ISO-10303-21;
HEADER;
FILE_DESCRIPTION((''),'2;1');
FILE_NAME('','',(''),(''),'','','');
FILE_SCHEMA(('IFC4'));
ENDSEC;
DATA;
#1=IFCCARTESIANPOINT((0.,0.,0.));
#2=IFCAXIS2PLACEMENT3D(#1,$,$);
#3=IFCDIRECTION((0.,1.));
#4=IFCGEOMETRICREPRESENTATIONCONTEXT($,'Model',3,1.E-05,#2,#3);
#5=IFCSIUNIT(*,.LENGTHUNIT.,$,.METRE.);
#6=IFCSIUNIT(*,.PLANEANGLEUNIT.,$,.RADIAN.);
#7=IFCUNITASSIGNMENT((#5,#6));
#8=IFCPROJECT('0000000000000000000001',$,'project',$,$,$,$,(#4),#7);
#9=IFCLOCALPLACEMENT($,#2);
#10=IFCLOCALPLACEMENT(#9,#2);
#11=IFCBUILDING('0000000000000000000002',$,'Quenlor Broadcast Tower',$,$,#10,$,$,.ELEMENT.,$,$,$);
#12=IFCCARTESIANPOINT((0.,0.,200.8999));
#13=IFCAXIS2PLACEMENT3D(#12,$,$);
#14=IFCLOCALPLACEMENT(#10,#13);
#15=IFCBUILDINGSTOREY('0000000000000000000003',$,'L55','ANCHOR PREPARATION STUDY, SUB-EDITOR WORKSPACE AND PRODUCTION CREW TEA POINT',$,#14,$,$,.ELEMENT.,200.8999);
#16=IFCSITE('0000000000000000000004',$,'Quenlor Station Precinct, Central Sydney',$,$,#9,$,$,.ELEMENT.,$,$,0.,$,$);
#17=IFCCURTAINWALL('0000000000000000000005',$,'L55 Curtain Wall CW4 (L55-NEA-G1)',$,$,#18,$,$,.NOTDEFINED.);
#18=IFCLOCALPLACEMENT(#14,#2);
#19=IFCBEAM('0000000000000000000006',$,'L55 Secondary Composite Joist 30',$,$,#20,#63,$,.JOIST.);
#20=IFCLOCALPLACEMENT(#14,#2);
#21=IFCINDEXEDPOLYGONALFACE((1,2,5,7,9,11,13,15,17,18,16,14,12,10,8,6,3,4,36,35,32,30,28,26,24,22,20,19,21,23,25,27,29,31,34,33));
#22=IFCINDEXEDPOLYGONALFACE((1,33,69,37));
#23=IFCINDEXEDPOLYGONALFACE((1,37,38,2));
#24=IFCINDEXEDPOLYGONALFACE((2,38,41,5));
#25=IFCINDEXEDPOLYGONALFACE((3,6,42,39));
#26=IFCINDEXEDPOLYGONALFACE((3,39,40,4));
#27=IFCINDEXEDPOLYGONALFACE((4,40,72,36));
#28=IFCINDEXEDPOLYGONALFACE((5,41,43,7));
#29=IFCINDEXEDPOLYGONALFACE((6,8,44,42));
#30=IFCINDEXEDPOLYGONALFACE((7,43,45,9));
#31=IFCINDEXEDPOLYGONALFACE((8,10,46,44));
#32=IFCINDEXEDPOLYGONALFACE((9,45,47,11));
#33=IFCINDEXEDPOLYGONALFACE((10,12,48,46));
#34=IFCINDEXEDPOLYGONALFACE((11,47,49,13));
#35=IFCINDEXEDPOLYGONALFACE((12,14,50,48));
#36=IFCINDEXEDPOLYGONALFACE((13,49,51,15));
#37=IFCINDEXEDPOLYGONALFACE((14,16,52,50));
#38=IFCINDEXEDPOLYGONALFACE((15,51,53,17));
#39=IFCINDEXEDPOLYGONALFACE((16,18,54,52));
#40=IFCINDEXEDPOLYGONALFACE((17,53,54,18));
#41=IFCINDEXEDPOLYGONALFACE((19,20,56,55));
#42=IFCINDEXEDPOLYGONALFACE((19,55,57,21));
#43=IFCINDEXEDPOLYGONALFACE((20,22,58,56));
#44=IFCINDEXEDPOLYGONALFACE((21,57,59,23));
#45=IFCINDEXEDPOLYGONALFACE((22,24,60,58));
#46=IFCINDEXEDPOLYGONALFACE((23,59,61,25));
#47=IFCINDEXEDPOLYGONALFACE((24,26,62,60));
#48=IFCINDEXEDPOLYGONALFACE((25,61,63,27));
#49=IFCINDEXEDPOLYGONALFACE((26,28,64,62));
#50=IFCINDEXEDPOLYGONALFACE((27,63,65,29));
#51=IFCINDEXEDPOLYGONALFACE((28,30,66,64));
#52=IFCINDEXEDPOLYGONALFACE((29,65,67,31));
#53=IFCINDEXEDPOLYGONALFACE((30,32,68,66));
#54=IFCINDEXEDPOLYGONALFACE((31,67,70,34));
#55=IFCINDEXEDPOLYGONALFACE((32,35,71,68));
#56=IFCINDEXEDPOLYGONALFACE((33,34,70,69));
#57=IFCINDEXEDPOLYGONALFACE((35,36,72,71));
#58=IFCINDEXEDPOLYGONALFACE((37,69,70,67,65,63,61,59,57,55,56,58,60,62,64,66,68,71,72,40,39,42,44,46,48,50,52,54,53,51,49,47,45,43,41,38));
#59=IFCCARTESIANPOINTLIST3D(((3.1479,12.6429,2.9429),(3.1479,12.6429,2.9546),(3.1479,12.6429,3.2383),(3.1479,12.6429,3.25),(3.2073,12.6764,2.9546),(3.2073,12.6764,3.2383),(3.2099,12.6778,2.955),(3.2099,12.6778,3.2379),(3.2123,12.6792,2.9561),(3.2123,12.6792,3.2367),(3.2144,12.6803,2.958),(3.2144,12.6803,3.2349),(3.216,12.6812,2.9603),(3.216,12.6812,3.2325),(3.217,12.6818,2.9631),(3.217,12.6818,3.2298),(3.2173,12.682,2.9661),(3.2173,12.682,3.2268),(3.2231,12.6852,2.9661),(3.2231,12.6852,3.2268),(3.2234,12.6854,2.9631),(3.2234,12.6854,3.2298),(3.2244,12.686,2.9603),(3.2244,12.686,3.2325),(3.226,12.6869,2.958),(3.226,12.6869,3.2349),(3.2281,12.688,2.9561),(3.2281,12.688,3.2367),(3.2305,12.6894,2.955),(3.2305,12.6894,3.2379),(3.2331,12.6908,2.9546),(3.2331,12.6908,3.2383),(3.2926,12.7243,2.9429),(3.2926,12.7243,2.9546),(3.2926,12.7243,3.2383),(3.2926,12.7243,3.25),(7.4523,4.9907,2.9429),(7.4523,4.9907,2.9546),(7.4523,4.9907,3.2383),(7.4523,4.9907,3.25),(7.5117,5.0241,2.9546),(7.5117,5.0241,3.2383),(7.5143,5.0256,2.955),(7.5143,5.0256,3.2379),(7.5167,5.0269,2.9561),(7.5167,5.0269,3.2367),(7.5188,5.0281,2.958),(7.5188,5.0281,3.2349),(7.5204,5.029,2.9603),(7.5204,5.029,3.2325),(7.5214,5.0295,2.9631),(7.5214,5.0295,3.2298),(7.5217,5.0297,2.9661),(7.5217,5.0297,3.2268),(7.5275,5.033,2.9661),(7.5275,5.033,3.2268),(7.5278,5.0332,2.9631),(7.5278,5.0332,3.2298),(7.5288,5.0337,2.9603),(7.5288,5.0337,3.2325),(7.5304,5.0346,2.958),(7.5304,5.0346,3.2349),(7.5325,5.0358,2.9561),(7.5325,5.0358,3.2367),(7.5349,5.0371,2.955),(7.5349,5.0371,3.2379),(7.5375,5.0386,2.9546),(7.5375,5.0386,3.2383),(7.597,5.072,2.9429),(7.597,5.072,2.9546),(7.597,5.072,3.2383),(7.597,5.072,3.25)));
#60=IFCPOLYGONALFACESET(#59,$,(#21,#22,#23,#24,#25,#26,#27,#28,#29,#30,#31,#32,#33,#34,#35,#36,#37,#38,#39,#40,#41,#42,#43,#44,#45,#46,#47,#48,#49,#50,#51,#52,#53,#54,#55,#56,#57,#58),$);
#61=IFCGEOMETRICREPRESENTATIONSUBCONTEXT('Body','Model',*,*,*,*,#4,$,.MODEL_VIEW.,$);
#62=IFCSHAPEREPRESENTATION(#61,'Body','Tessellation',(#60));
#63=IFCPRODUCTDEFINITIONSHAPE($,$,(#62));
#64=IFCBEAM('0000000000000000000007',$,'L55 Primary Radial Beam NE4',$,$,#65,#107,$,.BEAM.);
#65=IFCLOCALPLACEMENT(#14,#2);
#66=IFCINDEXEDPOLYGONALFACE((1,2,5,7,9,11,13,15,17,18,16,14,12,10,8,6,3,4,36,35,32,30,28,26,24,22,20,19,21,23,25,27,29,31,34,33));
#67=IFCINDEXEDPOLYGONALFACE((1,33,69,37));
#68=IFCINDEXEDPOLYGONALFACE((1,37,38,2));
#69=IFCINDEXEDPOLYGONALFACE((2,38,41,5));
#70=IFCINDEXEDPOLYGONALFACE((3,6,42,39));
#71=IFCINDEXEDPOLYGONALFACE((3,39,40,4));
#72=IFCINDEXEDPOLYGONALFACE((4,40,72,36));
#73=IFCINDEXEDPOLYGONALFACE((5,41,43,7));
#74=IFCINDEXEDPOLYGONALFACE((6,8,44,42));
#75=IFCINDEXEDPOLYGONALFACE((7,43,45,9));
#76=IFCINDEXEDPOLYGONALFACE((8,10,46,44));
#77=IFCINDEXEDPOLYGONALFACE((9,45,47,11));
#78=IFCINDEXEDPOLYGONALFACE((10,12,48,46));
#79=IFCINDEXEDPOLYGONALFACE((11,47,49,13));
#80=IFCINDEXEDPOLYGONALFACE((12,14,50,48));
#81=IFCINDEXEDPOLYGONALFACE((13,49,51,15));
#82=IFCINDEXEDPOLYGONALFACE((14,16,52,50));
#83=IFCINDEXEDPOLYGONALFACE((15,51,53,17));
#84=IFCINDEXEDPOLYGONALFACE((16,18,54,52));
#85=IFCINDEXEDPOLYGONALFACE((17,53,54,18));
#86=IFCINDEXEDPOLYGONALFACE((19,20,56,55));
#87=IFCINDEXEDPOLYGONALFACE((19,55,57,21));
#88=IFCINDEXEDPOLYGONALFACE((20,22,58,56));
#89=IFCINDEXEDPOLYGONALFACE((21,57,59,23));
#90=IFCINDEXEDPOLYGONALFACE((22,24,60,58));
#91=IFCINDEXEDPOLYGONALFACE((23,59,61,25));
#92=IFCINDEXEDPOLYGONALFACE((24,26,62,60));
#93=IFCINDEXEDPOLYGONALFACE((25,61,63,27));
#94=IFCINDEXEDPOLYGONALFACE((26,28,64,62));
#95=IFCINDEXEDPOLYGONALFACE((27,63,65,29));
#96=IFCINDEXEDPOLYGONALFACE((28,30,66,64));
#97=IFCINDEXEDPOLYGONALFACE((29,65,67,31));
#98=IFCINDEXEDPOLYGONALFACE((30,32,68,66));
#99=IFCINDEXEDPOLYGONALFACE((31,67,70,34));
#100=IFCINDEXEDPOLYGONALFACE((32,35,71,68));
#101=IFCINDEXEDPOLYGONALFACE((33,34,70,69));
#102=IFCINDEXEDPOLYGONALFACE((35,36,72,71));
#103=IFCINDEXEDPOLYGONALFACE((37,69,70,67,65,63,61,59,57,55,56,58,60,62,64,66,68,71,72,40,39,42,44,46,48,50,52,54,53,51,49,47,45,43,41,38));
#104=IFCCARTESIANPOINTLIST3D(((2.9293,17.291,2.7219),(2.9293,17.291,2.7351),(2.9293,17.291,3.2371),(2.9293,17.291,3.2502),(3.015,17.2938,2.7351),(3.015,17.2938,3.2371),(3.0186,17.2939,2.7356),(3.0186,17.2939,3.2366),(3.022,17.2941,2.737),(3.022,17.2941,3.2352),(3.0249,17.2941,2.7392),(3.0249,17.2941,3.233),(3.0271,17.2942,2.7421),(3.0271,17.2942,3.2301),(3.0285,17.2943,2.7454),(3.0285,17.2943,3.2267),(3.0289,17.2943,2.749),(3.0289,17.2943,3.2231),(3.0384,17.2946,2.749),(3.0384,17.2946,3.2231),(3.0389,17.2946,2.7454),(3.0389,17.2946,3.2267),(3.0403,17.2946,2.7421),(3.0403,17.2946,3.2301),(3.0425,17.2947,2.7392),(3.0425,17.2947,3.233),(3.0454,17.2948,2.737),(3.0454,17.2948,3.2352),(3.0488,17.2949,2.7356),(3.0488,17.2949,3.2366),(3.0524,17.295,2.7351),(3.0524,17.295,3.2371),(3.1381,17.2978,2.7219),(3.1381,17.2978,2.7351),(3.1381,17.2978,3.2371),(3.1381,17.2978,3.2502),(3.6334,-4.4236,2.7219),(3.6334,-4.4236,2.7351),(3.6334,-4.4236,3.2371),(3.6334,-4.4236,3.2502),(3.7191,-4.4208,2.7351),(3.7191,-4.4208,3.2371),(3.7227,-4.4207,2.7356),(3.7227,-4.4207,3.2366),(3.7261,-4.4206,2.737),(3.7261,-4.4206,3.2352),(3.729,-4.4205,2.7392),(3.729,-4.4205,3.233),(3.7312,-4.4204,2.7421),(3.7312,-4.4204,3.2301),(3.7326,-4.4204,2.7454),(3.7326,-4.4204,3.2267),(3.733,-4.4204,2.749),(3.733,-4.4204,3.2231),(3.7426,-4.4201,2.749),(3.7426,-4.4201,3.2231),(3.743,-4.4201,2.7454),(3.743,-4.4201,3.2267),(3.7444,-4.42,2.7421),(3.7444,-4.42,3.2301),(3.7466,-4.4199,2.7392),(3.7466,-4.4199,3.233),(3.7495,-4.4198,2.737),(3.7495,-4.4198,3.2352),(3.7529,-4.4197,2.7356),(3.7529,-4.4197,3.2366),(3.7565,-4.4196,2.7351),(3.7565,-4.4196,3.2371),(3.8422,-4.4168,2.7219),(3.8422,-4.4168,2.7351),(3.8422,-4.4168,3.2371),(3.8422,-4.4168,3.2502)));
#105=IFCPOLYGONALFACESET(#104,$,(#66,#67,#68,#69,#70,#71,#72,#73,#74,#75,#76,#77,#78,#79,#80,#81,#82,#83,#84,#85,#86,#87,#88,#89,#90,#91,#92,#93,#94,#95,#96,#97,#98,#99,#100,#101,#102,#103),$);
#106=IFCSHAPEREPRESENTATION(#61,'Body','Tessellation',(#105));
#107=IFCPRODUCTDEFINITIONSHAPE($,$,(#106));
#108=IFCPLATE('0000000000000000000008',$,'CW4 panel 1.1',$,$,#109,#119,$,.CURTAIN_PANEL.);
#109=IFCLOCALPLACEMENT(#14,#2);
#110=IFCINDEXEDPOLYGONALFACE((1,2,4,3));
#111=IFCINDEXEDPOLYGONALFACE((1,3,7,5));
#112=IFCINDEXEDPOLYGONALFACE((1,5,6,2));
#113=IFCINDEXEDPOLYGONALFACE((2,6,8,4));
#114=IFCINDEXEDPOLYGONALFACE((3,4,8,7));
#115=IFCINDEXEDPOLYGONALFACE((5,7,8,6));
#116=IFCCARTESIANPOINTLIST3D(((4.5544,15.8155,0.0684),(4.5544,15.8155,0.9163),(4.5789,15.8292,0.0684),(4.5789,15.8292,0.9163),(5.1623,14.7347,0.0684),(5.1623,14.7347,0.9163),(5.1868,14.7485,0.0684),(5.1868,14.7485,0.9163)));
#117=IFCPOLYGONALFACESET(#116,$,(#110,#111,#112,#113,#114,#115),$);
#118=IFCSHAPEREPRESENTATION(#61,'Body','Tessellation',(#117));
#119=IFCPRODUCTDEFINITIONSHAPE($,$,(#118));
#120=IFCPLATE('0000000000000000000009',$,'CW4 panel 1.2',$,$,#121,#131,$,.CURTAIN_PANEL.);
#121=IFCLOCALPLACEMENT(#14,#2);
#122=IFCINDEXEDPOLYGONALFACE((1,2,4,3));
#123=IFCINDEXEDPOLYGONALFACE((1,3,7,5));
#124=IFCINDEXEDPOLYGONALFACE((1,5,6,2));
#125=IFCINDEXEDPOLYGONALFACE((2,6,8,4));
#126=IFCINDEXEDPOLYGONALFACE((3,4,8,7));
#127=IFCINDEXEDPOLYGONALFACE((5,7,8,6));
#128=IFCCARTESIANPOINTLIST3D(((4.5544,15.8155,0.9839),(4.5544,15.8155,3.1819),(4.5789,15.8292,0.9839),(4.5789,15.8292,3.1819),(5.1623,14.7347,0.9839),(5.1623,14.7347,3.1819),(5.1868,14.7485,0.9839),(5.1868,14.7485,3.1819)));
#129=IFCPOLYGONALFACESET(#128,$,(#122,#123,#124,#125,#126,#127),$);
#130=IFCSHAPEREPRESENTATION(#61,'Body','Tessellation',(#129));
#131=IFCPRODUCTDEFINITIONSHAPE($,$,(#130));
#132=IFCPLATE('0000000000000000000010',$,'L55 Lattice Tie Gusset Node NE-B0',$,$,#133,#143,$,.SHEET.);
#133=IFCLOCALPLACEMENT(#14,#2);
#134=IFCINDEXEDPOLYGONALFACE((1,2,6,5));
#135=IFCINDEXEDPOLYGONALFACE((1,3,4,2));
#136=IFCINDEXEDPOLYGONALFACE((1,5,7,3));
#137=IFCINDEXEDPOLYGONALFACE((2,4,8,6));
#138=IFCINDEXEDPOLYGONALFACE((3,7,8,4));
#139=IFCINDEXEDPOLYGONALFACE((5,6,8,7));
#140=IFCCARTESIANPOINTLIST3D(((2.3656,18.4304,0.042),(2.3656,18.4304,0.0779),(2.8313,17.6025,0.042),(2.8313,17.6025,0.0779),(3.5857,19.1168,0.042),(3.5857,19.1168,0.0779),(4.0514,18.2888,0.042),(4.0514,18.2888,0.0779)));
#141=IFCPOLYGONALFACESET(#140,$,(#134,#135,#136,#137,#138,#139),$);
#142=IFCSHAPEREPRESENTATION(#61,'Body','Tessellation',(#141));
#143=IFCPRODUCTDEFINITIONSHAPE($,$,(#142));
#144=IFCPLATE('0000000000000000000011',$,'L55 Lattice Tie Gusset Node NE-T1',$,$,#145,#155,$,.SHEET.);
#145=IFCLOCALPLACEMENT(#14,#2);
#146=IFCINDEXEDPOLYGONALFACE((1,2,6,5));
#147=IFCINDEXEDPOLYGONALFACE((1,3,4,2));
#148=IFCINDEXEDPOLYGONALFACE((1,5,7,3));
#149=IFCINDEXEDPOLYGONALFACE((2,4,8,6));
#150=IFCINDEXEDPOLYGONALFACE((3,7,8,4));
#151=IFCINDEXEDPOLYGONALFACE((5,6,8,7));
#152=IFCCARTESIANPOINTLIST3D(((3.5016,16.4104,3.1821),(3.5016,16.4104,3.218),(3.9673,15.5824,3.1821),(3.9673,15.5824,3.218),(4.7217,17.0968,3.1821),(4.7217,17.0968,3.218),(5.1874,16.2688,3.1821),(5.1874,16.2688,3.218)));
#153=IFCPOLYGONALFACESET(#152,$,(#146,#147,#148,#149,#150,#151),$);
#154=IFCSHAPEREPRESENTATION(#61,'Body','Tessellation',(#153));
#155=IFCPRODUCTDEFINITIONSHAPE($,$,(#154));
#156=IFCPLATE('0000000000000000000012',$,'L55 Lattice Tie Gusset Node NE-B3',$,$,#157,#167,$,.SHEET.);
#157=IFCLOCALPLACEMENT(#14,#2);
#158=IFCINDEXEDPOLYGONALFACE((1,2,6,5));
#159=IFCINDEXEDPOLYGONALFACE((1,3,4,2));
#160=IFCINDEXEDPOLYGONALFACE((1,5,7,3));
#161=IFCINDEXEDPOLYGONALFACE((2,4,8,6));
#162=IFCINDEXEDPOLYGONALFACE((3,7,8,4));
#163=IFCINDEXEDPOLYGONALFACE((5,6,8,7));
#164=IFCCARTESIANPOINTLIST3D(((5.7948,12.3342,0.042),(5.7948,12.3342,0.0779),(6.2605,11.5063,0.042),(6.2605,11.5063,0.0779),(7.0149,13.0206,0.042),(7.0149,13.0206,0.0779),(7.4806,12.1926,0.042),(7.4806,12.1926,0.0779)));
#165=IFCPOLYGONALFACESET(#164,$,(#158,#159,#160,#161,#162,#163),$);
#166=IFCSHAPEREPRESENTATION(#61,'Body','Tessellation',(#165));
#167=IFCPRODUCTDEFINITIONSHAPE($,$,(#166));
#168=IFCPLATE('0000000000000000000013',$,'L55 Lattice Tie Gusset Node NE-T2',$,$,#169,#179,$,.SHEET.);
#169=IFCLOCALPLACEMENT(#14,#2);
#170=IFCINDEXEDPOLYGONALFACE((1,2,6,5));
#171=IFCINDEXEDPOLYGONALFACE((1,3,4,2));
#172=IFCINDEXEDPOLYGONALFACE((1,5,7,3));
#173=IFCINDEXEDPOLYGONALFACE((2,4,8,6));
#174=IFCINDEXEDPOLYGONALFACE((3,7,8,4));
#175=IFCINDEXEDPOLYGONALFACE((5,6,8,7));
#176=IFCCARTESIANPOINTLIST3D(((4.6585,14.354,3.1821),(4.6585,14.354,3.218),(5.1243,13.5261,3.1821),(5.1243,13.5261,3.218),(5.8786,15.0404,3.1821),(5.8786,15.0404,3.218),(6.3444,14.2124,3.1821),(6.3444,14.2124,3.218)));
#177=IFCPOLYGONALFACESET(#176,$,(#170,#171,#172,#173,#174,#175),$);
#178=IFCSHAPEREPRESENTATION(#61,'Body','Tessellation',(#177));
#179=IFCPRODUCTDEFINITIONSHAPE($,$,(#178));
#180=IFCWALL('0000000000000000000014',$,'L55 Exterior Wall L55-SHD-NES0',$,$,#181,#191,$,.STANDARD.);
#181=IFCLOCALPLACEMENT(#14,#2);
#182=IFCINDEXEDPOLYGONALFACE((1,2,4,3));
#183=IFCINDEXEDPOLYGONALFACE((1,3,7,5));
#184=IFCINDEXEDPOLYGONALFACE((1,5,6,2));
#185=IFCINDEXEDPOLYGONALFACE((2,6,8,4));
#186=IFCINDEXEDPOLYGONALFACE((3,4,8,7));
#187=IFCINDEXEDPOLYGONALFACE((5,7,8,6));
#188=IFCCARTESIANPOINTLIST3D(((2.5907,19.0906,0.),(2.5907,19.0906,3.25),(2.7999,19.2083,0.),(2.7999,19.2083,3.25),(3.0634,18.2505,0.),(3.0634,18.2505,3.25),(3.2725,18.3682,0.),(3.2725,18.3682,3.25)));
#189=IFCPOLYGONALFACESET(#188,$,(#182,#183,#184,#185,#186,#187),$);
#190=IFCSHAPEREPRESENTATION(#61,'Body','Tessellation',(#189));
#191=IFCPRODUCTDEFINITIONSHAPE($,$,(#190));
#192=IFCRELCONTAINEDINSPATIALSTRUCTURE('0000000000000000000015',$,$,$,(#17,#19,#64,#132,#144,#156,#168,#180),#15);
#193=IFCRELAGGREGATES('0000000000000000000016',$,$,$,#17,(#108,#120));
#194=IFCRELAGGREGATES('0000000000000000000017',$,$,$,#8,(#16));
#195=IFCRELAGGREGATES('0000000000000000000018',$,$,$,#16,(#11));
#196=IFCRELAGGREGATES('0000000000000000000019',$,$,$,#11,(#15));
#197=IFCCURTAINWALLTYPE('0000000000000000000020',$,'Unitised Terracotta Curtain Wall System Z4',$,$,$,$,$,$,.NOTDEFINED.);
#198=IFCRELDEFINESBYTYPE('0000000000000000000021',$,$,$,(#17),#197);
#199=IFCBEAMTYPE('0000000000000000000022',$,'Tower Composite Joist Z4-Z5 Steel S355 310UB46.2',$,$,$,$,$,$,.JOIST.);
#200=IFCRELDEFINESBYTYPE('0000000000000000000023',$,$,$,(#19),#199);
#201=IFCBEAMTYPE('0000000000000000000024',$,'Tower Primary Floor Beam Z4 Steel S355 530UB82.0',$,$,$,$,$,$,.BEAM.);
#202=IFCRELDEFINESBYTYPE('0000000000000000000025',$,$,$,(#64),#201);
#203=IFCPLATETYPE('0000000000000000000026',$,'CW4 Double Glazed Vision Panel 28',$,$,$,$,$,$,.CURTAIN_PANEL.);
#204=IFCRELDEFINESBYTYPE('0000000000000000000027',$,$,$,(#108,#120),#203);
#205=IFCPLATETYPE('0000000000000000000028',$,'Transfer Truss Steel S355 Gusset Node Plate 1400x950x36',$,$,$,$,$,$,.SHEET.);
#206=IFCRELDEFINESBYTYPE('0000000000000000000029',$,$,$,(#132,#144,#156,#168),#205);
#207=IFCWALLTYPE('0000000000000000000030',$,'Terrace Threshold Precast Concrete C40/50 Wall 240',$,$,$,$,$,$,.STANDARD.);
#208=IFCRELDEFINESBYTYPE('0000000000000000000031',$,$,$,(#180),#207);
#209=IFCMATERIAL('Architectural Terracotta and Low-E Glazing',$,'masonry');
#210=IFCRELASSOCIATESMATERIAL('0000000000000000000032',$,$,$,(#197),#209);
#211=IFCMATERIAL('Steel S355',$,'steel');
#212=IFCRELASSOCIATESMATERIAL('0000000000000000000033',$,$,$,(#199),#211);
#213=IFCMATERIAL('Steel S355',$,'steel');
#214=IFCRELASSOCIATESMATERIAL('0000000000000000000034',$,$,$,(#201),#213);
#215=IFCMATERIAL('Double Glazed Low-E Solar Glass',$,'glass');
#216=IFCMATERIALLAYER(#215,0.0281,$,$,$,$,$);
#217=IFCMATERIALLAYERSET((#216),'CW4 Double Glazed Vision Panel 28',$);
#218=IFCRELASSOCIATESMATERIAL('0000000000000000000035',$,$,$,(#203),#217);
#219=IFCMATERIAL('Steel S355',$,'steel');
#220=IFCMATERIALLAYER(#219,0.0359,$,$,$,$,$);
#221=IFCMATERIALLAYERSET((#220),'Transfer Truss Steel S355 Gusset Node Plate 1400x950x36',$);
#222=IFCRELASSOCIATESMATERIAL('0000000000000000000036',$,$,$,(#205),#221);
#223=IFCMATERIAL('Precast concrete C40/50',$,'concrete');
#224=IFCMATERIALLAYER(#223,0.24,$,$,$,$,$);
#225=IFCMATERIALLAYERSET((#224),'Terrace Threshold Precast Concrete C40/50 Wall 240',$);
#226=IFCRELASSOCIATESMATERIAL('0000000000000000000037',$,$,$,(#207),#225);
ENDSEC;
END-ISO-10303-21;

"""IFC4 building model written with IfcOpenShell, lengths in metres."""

from ifc_helpers import new_model, si_unit, direction, frame, frame_2d, origin, origin_2d, place, context, subcontext, project, spatial, rectangle, i_section, extrude, material, layer, layer_set, material_profile, profile_set, type_object, element, aggregate, save


model = new_model("IFC4")

# Units and contexts
model_context = context("Model", 3, precision=1e-05, world=origin(), true_north=direction((0.0, 1.0)))
body_context = subcontext(model_context, "Body", "Model", "MODEL_VIEW")
ifc_project = project(units=[si_unit("LENGTHUNIT", "METRE"), si_unit("PLANEANGLEUNIT", "RADIAN")], contexts=[model_context])

# Site, building, storey
site_placement = place(None, origin())
site = spatial("IfcSite", under=ifc_project, at=site_placement, Name="Quenlor Station Precinct, Central Sydney", CompositionType="ELEMENT", RefElevation=0.0)
building_placement = place(site_placement, origin())
building = spatial("IfcBuilding", under=site, at=building_placement, Name="Quenlor Broadcast Tower", CompositionType="ELEMENT")
storey_placement = place(building_placement, frame((0.0, 0.0, 200.8999)))
storey = spatial("IfcBuildingStorey", under=building, at=storey_placement, Name="L55", Description="ANCHOR PREPARATION STUDY, SUB-EDITOR WORKSPACE AND PRODUCTION CREW TEA POINT", CompositionType="ELEMENT", Elevation=200.8999)

# Curtain wall
ifc_material_1 = material(Name="Architectural Terracotta and Low-E Glazing", Category="masonry")
curtain_wall_type = type_object("IfcCurtainWallType", Name="Unitised Terracotta Curtain Wall System Z4", PredefinedType="NOTDEFINED", material=ifc_material_1)
curtain_wall_placement = place(storey_placement, origin())
curtain_wall = element("IfcCurtainWall", 1, at=curtain_wall_placement, inside=storey, type_object=curtain_wall_type, Name="L55 Curtain Wall CW4 (L55-NEA-G1)", PredefinedType="NOTDEFINED")

# Beams
ifc_material_2 = material(Name="Steel S355", Category="steel")
ifc_material_profile_1 = material_profile(ifc_material_2, i_section(OverallWidth=0.166, OverallDepth=0.3071, WebThickness=0.0066, FlangeThickness=0.0117, FilletRadius=0.0115, at=origin_2d()))
ifc_profile_set_1 = profile_set([ifc_material_profile_1], Name="Steel S355 310UB46.2")
beam_type_1 = type_object("IfcBeamType", Name="Tower Composite Joist Z4-Z5 Steel S355 310UB46.2", PredefinedType="JOIST", material=ifc_profile_set_1)
beam_1_placement = place(storey_placement, frame((3.2202, 12.6836, 3.0964), z_axis=(0.490261, -0.871576, 0.0), x_axis=(0.871576, 0.490261, 0.0)))
element("IfcBeam", 2, at=beam_1_placement, inside=storey, type_object=beam_type_1, Name="L55 Secondary Composite Joist 30", PredefinedType="JOIST", context=body_context, shape_type="SweptSolid", body=[
    extrude(i_section(OverallWidth=0.166, OverallDepth=0.3071, WebThickness=0.0066, FlangeThickness=0.0117, FilletRadius=0.0115, at=origin_2d()), origin(), (0.0, 0.0, 1.0), 8.7798),
])
ifc_material_3 = material(Name="Steel S355", Category="steel")
ifc_material_profile_2 = material_profile(ifc_material_3, i_section(OverallWidth=0.209, OverallDepth=0.5283, WebThickness=0.0095, FlangeThickness=0.0132, FilletRadius=0.0139, at=origin_2d()))
ifc_profile_set_2 = profile_set([ifc_material_profile_2], Name="Steel S355 530UB82.0")
beam_type_2 = type_object("IfcBeamType", Name="Tower Primary Floor Beam Z4 Steel S355 530UB82.0", PredefinedType="BEAM", material=ifc_profile_set_2)
beam_2_placement = place(storey_placement, frame((3.0337, 17.2944, 2.9861), z_axis=(0.032408, -0.999475, 0.0), x_axis=(0.999475, 0.032408, 0.0)))
element("IfcBeam", 3, at=beam_2_placement, inside=storey, type_object=beam_type_2, Name="L55 Primary Radial Beam NE4", PredefinedType="BEAM", context=body_context, shape_type="SweptSolid", body=[
    extrude(i_section(OverallWidth=0.209, OverallDepth=0.5283, WebThickness=0.0095, FlangeThickness=0.0132, FilletRadius=0.0139, at=origin_2d()), origin(), (0.0, 0.0, 1.0), 21.7261),
])

# Plates
ifc_material_4 = material(Name="Double Glazed Low-E Solar Glass", Category="glass")
ifc_layer_1 = layer(ifc_material_4, 0.0281)
ifc_layer_set_1 = layer_set([ifc_layer_1], Name="CW4 Double Glazed Vision Panel 28")
plate_type_1 = type_object("IfcPlateType", Name="CW4 Double Glazed Vision Panel 28", PredefinedType="CURTAIN_PANEL", material=ifc_layer_set_1)
plate_1_placement = place(storey_placement, frame((4.8706, 15.282, 0.0684), z_axis=(0.0, 0.0, 1.0), x_axis=(0.490289, -0.87156, 0.0)))
plate_1 = element("IfcPlate", 4, at=plate_1_placement, type_object=plate_type_1, Name="CW4 panel 1.1", PredefinedType="CURTAIN_PANEL", context=body_context, shape_type="SweptSolid", body=[
    extrude(rectangle(XDim=1.24, YDim=0.0281, at=origin_2d()), origin(), (0.0, 0.0, 1.0), 0.8479),
])
plate_2_placement = place(storey_placement, frame((4.8706, 15.282, 0.9839), z_axis=(0.0, 0.0, 1.0), x_axis=(0.490289, -0.87156, 0.0)))
plate_2 = element("IfcPlate", 5, at=plate_2_placement, type_object=plate_type_1, Name="CW4 panel 1.2", PredefinedType="CURTAIN_PANEL", context=body_context, shape_type="SweptSolid", body=[
    extrude(rectangle(XDim=1.24, YDim=0.0281, at=origin_2d()), origin(), (0.0, 0.0, 1.0), 2.198),
])
aggregate(curtain_wall, [plate_1, plate_2])

# Plates
ifc_material_5 = material(Name="Steel S355", Category="steel")
ifc_layer_2 = layer(ifc_material_5, 0.0359)
ifc_layer_set_2 = layer_set([ifc_layer_2], Name="Transfer Truss Steel S355 Gusset Node Plate 1400x950x36")
plate_type_2 = type_object("IfcPlateType", Name="Transfer Truss Steel S355 Gusset Node Plate 1400x950x36", PredefinedType="SHEET", material=ifc_layer_set_2)
for number, where, z_axis, x_axis, name in (
    (6, (3.2085, 18.3596, 0.042), (0.0, 0.0, 1.0), (0.871556, 0.490295, 0.0), "L55 Lattice Tie Gusset Node NE-B0"),
    (7, (4.3445, 16.3396, 3.1821), (0.0, 0.0, 1.0), (0.871556, 0.490295, 0.0), "L55 Lattice Tie Gusset Node NE-T1"),
    (8, (6.6377, 12.2634, 0.042), (0.0, 0.0, 1.0), (0.871556, 0.490295, 0.0), "L55 Lattice Tie Gusset Node NE-B3"),
    (9, (5.5015, 14.2832, 3.1821), (0.0, 0.0, 1.0), (0.871556, 0.490295, 0.0), "L55 Lattice Tie Gusset Node NE-T2"),
):
    element("IfcPlate", number, at=place(storey_placement, frame(where, z_axis=z_axis, x_axis=x_axis)), inside=storey, type_object=plate_type_2, Name=name, PredefinedType="SHEET", context=body_context, shape_type="SweptSolid", body=[
        extrude(rectangle(XDim=1.3999, YDim=0.95, at=origin_2d()), origin(), (0.0, 0.0, 1.0), 0.0359),
    ])

# Wall
ifc_material_6 = material(Name="Precast concrete C40/50", Category="concrete")
ifc_layer_3 = layer(ifc_material_6, 0.24)
ifc_layer_set_3 = layer_set([ifc_layer_3], Name="Terrace Threshold Precast Concrete C40/50 Wall 240")
wall_type_1 = type_object("IfcWallType", Name="Terrace Threshold Precast Concrete C40/50 Wall 240", PredefinedType="STANDARD", material=ifc_layer_set_3)
wall_1_placement = place(storey_placement, frame((2.6953, 19.1494, 0.0), z_axis=(0.0, 0.0, 1.0), x_axis=(0.490345, -0.871528, 0.0)))
element("IfcWall", 10, at=wall_1_placement, inside=storey, type_object=wall_type_1, Name="L55 Exterior Wall L55-SHD-NES0", PredefinedType="STANDARD", context=body_context, shape_type="SweptSolid", body=[
    extrude(rectangle(XDim=0.9639, YDim=0.24, at=frame_2d((0.4819, 0.0))), origin(), (0.0, 0.0, 1.0), 3.25),
])

save(model, "model.ifc")
